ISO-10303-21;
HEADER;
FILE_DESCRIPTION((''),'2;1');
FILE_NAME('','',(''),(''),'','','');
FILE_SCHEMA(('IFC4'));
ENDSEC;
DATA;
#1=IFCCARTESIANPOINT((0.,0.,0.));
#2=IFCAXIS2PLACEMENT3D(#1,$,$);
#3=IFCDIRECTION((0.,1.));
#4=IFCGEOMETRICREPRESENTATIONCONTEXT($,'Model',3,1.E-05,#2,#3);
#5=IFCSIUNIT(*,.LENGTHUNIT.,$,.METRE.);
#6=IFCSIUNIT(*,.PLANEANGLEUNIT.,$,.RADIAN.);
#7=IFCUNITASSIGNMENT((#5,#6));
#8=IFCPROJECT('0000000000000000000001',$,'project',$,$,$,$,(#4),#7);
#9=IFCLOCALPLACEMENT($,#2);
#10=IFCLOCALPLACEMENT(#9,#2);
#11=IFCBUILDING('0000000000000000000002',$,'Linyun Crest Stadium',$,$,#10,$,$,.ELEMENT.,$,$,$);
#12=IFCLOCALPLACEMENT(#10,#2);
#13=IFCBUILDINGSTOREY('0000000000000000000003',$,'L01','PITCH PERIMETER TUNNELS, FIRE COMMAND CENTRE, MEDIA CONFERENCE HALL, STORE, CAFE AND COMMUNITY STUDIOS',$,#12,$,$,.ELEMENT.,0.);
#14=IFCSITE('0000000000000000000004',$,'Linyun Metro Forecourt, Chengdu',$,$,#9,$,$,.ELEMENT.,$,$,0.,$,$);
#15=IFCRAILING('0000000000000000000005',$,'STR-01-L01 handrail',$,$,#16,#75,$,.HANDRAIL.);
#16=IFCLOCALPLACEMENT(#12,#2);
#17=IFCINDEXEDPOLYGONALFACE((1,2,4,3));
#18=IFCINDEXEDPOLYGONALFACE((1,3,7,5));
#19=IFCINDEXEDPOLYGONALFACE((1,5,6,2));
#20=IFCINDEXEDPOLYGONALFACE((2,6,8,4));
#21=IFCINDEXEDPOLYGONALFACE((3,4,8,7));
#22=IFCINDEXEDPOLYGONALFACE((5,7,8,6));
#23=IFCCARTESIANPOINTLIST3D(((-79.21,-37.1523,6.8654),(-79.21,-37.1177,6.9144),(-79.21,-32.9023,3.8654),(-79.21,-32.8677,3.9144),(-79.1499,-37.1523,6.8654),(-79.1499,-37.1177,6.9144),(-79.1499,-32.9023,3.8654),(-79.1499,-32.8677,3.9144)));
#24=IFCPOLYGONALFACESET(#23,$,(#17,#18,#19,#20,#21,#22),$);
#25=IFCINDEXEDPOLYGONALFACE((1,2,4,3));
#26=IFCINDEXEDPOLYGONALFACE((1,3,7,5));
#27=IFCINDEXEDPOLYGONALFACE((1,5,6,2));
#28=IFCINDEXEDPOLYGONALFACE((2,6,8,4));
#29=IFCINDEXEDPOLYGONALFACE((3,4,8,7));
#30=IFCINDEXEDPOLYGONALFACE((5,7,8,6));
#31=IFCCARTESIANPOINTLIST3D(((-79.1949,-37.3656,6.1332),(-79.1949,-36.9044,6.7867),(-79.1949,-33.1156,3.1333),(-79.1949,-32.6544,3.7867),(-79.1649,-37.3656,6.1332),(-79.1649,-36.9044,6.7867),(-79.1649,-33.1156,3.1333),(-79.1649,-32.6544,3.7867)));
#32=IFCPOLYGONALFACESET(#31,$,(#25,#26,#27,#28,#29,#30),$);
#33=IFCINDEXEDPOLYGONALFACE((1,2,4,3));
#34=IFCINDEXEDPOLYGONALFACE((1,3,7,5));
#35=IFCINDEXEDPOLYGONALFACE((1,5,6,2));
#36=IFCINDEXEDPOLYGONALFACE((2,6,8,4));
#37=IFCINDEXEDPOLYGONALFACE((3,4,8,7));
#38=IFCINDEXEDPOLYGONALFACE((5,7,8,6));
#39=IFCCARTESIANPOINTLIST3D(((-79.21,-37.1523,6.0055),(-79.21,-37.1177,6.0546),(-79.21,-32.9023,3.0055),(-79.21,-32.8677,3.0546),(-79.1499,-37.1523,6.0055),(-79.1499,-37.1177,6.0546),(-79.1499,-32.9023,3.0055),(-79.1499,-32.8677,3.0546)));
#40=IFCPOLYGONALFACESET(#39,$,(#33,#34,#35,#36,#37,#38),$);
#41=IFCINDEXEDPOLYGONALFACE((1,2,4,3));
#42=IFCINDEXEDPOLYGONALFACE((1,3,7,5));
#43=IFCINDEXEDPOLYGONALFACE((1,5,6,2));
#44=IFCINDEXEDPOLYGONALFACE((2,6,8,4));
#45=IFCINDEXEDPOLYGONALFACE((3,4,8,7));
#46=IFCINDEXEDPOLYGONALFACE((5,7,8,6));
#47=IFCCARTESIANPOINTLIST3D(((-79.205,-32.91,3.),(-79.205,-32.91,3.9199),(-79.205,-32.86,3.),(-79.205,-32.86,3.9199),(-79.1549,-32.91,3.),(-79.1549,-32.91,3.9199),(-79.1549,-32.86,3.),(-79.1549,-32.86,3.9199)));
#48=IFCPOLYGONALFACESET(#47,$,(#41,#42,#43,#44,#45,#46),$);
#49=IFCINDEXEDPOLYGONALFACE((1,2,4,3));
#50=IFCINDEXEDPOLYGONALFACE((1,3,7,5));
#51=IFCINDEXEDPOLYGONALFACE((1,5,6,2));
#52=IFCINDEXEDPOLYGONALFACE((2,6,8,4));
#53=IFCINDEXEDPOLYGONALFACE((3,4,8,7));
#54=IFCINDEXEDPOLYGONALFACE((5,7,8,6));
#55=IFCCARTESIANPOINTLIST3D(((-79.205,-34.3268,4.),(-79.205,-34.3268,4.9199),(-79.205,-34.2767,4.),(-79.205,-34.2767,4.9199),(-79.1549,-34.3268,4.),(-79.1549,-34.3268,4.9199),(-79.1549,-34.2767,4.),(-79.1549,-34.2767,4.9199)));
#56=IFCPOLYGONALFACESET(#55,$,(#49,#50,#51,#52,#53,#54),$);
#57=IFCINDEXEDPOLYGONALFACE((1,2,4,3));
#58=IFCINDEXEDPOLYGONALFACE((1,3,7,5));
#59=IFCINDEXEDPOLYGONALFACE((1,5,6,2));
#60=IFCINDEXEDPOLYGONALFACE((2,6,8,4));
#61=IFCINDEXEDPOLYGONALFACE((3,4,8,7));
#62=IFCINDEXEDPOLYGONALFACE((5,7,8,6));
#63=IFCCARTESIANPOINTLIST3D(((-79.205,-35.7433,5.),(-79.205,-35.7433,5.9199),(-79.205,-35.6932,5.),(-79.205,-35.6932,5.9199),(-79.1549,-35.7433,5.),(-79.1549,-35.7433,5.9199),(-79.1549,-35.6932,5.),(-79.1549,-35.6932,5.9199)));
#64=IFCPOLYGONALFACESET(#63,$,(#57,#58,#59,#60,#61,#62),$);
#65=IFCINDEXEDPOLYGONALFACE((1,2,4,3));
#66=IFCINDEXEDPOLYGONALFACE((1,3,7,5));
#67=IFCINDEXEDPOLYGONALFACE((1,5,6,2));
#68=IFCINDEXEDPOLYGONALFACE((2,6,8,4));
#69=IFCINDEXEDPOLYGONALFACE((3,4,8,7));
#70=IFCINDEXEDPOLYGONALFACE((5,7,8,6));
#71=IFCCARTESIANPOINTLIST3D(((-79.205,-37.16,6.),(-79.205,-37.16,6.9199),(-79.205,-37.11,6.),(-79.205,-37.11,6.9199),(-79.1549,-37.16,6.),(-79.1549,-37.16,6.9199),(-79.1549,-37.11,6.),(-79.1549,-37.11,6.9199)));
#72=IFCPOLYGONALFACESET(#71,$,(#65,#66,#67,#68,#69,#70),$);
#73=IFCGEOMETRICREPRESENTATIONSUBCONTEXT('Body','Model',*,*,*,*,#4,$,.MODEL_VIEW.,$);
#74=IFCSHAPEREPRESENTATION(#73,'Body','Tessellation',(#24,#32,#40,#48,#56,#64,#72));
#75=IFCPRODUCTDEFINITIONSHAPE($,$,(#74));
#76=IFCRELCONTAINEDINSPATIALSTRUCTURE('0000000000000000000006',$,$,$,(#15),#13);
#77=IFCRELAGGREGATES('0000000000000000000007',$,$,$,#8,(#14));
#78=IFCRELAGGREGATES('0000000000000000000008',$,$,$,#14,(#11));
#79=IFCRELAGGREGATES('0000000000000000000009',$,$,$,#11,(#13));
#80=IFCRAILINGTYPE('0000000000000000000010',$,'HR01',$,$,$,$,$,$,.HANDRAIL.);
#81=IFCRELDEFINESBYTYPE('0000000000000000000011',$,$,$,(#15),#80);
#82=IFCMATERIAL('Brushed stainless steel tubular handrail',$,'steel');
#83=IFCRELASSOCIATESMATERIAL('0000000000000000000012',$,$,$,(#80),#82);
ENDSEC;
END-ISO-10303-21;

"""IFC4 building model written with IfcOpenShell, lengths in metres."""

from ifc_helpers import new_model, si_unit, direction, frame, origin, origin_2d, place, context, subcontext, project, spatial, rectangle, extrude, material, type_object, element, save


model = new_model("IFC4")

# Units and contexts
model_context = context("Model", 3, precision=1e-05, world=origin(), true_north=direction((0.0, 1.0)))
body_context = subcontext(model_context, "Body", "Model", "MODEL_VIEW")
ifc_project = project(units=[si_unit("LENGTHUNIT", "METRE"), si_unit("PLANEANGLEUNIT", "RADIAN")], contexts=[model_context])

# Site, building, storey
site_placement = place(None, origin())
site = spatial("IfcSite", under=ifc_project, at=site_placement, Name="Linyun Metro Forecourt, Chengdu", CompositionType="ELEMENT", RefElevation=0.0)
building_placement = place(site_placement, origin())
building = spatial("IfcBuilding", under=site, at=building_placement, Name="Linyun Crest Stadium", CompositionType="ELEMENT")
storey_placement = place(building_placement, origin())
storey = spatial("IfcBuildingStorey", under=building, at=storey_placement, Name="L01", Description="PITCH PERIMETER TUNNELS, FIRE COMMAND CENTRE, MEDIA CONFERENCE HALL, STORE, CAFE AND COMMUNITY STUDIOS", CompositionType="ELEMENT", Elevation=0.0)

# Railing
ifc_material_1 = material(Name="Brushed stainless steel tubular handrail", Category="steel")
railing_type_1 = type_object("IfcRailingType", Name="HR01", PredefinedType="HANDRAIL", material=ifc_material_1)
railing_1_placement = place(storey_placement, frame((-79.1799, -32.885, 3.0)))
element("IfcRailing", 1, at=railing_1_placement, inside=storey, type_object=railing_type_1, Name="STR-01-L01 handrail", PredefinedType="HANDRAIL", context=body_context, shape_type="SweptSolid", body=[
    extrude(rectangle(XDim=0.0601, YDim=0.0601, at=origin_2d()), frame((0.0, 0.0, 0.8899), z_axis=(0.0, -0.816968, 0.576683), x_axis=(1.0, 0.0, 0.0)), (0.0, 0.0, 1.0), 5.2021),
    extrude(rectangle(XDim=0.03, YDim=0.7998, at=origin_2d()), frame((0.0, 0.0, 0.46), z_axis=(0.0, -0.816968, 0.576683), x_axis=(1.0, 0.0, 0.0)), (0.0, 0.0, 1.0), 5.2021),
    extrude(rectangle(XDim=0.0601, YDim=0.0601, at=origin_2d()), frame((0.0, 0.0, 0.03), z_axis=(0.0, -0.816968, 0.576683), x_axis=(1.0, 0.0, 0.0)), (0.0, 0.0, 1.0), 5.2021),
    extrude(rectangle(XDim=0.05, YDim=0.05, at=origin_2d()), origin(), (0.0, 0.0, 1.0), 0.9199),
    extrude(rectangle(XDim=0.05, YDim=0.05, at=origin_2d()), frame((0.0, -1.4167, 1.0)), (0.0, 0.0, 1.0), 0.9199),
    extrude(rectangle(XDim=0.05, YDim=0.05, at=origin_2d()), frame((0.0, -2.8333, 2.0)), (0.0, 0.0, 1.0), 0.9199),
    extrude(rectangle(XDim=0.05, YDim=0.05, at=origin_2d()), frame((0.0, -4.25, 3.0)), (0.0, 0.0, 1.0), 0.9199),
])

save(model, "model.ifc")
